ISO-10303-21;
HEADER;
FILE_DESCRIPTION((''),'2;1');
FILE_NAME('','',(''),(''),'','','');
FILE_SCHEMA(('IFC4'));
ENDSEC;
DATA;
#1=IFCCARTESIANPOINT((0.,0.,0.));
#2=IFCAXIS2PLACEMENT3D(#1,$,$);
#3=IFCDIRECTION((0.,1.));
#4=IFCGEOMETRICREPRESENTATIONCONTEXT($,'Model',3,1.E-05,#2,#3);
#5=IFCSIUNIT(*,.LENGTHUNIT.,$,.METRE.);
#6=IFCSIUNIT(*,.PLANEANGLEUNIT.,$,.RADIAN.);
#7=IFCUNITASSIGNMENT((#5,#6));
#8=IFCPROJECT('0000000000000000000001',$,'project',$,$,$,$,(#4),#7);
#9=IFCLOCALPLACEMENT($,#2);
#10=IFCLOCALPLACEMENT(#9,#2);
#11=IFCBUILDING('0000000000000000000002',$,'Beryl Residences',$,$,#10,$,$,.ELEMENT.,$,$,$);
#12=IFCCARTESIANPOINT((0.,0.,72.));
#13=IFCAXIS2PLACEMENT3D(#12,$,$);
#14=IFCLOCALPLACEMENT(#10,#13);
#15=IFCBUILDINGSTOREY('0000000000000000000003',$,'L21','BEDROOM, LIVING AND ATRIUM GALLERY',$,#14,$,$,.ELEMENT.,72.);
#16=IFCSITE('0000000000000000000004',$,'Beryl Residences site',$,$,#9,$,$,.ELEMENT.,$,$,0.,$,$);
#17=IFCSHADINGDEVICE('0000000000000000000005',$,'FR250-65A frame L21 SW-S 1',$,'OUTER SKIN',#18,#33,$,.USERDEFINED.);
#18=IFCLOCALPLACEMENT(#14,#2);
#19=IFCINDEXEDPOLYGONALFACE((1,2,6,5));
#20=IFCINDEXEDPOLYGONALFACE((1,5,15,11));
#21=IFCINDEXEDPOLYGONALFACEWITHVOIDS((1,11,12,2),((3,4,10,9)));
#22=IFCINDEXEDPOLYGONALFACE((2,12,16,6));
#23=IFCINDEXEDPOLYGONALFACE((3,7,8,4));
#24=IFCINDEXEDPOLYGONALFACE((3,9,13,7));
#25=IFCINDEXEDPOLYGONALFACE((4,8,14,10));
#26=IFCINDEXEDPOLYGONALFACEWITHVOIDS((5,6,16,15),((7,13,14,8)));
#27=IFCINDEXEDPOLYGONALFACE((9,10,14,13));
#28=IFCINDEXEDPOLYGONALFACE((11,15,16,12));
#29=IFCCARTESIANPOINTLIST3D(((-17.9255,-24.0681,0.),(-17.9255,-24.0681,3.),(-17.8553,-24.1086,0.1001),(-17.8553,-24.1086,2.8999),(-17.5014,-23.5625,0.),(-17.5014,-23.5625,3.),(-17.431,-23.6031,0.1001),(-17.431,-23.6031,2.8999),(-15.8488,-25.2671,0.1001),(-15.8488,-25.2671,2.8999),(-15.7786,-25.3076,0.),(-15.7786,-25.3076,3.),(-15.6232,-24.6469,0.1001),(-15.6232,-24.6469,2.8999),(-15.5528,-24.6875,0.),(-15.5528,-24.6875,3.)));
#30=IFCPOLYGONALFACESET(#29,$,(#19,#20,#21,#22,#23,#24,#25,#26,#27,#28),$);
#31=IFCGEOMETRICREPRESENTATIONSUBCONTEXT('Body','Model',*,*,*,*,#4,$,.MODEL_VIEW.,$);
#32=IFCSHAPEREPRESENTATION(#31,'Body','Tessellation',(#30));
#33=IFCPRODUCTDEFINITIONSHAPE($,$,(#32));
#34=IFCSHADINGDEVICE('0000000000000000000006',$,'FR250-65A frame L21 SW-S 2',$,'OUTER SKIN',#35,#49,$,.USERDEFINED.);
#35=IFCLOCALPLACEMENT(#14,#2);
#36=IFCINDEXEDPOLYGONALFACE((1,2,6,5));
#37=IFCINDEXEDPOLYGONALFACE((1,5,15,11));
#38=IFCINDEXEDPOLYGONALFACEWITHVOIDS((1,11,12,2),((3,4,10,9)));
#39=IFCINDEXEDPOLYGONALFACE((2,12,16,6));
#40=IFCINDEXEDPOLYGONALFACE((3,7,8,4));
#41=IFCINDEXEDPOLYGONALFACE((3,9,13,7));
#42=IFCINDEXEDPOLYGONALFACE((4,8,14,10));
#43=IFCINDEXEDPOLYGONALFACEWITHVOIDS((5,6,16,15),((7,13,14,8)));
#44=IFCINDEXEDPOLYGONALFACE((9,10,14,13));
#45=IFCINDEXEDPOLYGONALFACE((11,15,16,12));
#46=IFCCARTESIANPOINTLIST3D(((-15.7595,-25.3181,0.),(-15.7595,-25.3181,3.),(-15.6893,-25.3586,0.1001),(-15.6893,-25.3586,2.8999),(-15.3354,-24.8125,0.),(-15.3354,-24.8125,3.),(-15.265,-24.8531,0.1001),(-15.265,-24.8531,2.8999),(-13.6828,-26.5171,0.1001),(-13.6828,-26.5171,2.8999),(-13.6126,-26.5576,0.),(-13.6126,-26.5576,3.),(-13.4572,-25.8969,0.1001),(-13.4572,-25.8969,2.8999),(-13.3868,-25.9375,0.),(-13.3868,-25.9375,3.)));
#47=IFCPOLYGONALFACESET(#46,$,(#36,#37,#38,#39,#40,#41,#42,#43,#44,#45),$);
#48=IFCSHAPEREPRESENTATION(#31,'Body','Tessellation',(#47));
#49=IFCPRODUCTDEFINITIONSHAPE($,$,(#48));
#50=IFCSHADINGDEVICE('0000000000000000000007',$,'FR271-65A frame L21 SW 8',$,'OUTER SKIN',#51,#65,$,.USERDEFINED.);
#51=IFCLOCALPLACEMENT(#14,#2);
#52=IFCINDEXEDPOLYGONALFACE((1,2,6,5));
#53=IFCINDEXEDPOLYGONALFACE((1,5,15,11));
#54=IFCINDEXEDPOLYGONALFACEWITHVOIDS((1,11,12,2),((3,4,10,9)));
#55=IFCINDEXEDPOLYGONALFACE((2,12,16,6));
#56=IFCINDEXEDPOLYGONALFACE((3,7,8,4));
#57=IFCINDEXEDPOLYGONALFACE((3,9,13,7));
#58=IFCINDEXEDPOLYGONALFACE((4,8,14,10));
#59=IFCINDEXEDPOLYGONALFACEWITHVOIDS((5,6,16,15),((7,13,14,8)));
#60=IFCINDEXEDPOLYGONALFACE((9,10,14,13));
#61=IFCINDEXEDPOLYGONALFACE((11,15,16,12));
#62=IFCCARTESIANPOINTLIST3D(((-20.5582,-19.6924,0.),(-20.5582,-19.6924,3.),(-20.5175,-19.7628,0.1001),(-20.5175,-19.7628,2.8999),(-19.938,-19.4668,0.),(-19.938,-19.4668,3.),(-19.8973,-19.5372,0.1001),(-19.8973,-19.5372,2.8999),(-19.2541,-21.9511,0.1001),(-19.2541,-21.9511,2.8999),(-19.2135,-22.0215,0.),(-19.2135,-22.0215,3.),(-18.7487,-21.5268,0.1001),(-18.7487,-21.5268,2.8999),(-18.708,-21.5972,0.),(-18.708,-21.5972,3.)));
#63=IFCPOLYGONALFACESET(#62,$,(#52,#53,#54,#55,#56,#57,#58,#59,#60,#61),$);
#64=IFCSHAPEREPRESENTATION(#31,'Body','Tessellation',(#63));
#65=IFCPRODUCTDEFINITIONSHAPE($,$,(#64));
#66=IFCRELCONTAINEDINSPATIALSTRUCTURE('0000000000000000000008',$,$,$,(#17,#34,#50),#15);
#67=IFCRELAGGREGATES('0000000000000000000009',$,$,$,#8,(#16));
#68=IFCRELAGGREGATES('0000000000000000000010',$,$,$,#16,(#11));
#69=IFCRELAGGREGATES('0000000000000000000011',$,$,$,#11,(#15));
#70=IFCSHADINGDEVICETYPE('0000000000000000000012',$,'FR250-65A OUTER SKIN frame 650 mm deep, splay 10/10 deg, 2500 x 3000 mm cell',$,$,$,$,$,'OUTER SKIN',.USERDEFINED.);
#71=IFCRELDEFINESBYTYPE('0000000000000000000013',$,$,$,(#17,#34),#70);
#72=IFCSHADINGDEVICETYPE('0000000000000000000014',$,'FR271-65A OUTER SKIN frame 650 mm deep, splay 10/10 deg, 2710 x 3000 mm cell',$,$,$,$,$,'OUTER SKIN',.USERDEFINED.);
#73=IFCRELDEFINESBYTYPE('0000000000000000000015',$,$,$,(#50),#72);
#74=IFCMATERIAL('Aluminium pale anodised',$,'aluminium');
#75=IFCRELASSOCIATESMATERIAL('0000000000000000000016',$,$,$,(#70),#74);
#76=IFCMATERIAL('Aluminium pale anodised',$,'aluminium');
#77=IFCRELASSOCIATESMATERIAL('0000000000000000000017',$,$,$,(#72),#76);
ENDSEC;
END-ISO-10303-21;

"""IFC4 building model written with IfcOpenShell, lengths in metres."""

from ifc_helpers import new_model, entity, si_unit, direction, frame, origin, place, context, subcontext, project, spatial, source, transform, mapped, material, type_object, type_shapes, element, save


model = new_model("IFC4")

# Units and contexts
model_context = context("Model", 3, precision=1e-05, world=origin(), true_north=direction((0.0, 1.0)))
body_context = subcontext(model_context, "Body", "Model", "MODEL_VIEW")
ifc_project = project(units=[si_unit("LENGTHUNIT", "METRE"), si_unit("PLANEANGLEUNIT", "RADIAN")], contexts=[model_context])

# Site, building, storey
site_placement = place(None, origin())
site = spatial("IfcSite", under=ifc_project, at=site_placement, Name="Beryl Residences site", CompositionType="ELEMENT", RefElevation=0.0)
building_placement = place(site_placement, origin())
building = spatial("IfcBuilding", under=site, at=building_placement, Name="Beryl Residences", CompositionType="ELEMENT")
storey_placement = place(building_placement, frame((0.0, 0.0, 72.0)))
storey = spatial("IfcBuildingStorey", under=building, at=storey_placement, Name="L21", Description="BEDROOM, LIVING AND ATRIUM GALLERY", CompositionType="ELEMENT", Elevation=72.0)

# Shading devices
ifc_material_1 = material(Name="Aluminium pale anodised", Category="aluminium")
shading_device_type_1 = type_object("IfcShadingDeviceType", Name="FR250-65A OUTER SKIN frame 650 mm deep, splay 10/10 deg, 2500 x 3000 mm cell", ElementType="OUTER SKIN", PredefinedType="USERDEFINED", material=ifc_material_1)
cartesian_point_1 = entity("IfcCartesianPoint", [-1.125, 0.0])
cartesian_point_2 = entity("IfcCartesianPoint", [-1.0437, 0.1001])
cartesian_point_3 = entity("IfcCartesianPoint", [-1.2395, 0.0])
cartesian_point_4 = entity("IfcCartesianPoint", [-1.1584, 0.1001])
shared_shape_1 = source(origin(), body_context, "Body", "SweptSolid", [
    entity("IfcExtrudedAreaSolidTapered", entity("IfcArbitraryProfileDefWithVoids", "AREA", None, entity("IfcPolyline", [cartesian_point_1, entity("IfcCartesianPoint", [1.125, 0.0]), entity("IfcCartesianPoint", [1.125, 3.0]), entity("IfcCartesianPoint", [-1.125, 3.0]), cartesian_point_1]), [entity("IfcPolyline", [cartesian_point_2, entity("IfcCartesianPoint", [1.0437, 0.1001]), entity("IfcCartesianPoint", [1.0437, 2.8999]), entity("IfcCartesianPoint", [-1.0437, 2.8999]), cartesian_point_2])]), entity("IfcAxis2Placement3D", entity("IfcCartesianPoint", [0.0, 0.0, 0.0]), entity("IfcDirection", [0.0, 1.0, 0.0]), entity("IfcDirection", [-1.0, 0.0, 0.0])), entity("IfcDirection", [0.0, 0.0, 1.0]), 0.6499, entity("IfcArbitraryProfileDefWithVoids", "AREA", None, entity("IfcPolyline", [cartesian_point_3, entity("IfcCartesianPoint", [1.2395, 0.0]), entity("IfcCartesianPoint", [1.2395, 3.0]), entity("IfcCartesianPoint", [-1.2395, 3.0]), cartesian_point_3]), [entity("IfcPolyline", [cartesian_point_4, entity("IfcCartesianPoint", [1.1584, 0.1001]), entity("IfcCartesianPoint", [1.1584, 2.8999]), entity("IfcCartesianPoint", [-1.1584, 2.8999]), cartesian_point_4])])),
])
type_shapes(shading_device_type_1, [shared_shape_1])
for number, where, z_axis, x_axis, name in (
    (1, (-16.5271, -24.125, 0.0), (0.0, 0.0, 1.0), (-0.866025, 0.5, 0.0), "FR250-65A frame L21 SW-S 1"),
    (2, (-14.3611, -25.375, 0.0), (0.0, 0.0, 1.0), (-0.866025, 0.5, 0.0), "FR250-65A frame L21 SW-S 2"),
):
    element("IfcShadingDevice", number, at=place(storey_placement, frame(where, z_axis=z_axis, x_axis=x_axis)), inside=storey, type_object=shading_device_type_1, Name=name, ObjectType="OUTER SKIN", PredefinedType="USERDEFINED", context=body_context, shape_type="MappedRepresentation", body=[
        mapped(shared_shape_1, transform((0.0, 0.0, 0.0))),
    ])
ifc_material_2 = material(Name="Aluminium pale anodised", Category="aluminium")
shading_device_type_2 = type_object("IfcShadingDeviceType", Name="FR271-65A OUTER SKIN frame 650 mm deep, splay 10/10 deg, 2710 x 3000 mm cell", ElementType="OUTER SKIN", PredefinedType="USERDEFINED", material=ifc_material_2)
cartesian_point_5 = entity("IfcCartesianPoint", [-1.23, 0.0])
cartesian_point_6 = entity("IfcCartesianPoint", [-1.1487, 0.1001])
cartesian_point_7 = entity("IfcCartesianPoint", [-1.3447, 0.0])
cartesian_point_8 = entity("IfcCartesianPoint", [-1.2634, 0.1001])
shared_shape_2 = source(origin(), body_context, "Body", "SweptSolid", [
    entity("IfcExtrudedAreaSolidTapered", entity("IfcArbitraryProfileDefWithVoids", "AREA", None, entity("IfcPolyline", [cartesian_point_5, entity("IfcCartesianPoint", [1.23, 0.0]), entity("IfcCartesianPoint", [1.23, 3.0]), entity("IfcCartesianPoint", [-1.23, 3.0]), cartesian_point_5]), [entity("IfcPolyline", [cartesian_point_6, entity("IfcCartesianPoint", [1.1487, 0.1001]), entity("IfcCartesianPoint", [1.1487, 2.8999]), entity("IfcCartesianPoint", [-1.1487, 2.8999]), cartesian_point_6])]), entity("IfcAxis2Placement3D", entity("IfcCartesianPoint", [0.0, 0.0, 0.0]), entity("IfcDirection", [0.0, 1.0, 0.0]), entity("IfcDirection", [-1.0, 0.0, 0.0])), entity("IfcDirection", [0.0, 0.0, 1.0]), 0.6499, entity("IfcArbitraryProfileDefWithVoids", "AREA", None, entity("IfcPolyline", [cartesian_point_7, entity("IfcCartesianPoint", [1.3447, 0.0]), entity("IfcCartesianPoint", [1.3447, 3.0]), entity("IfcCartesianPoint", [-1.3447, 3.0]), cartesian_point_7]), [entity("IfcPolyline", [cartesian_point_8, entity("IfcCartesianPoint", [1.2634, 0.1001]), entity("IfcCartesianPoint", [1.2634, 2.8999]), entity("IfcCartesianPoint", [-1.2634, 2.8999]), cartesian_point_8])])),
])
type_shapes(shading_device_type_2, [shared_shape_2])
shading_device_1_placement = place(storey_placement, frame((-19.323, -20.532, 0.0), z_axis=(0.0, 0.0, 1.0), x_axis=(-0.5, 0.866025, 0.0)))
element("IfcShadingDevice", 3, at=shading_device_1_placement, inside=storey, type_object=shading_device_type_2, Name="FR271-65A frame L21 SW 8", ObjectType="OUTER SKIN", PredefinedType="USERDEFINED", context=body_context, shape_type="MappedRepresentation", body=[
    mapped(shared_shape_2, transform((0.0, 0.0, 0.0))),
])

save(model, "model.ifc")
